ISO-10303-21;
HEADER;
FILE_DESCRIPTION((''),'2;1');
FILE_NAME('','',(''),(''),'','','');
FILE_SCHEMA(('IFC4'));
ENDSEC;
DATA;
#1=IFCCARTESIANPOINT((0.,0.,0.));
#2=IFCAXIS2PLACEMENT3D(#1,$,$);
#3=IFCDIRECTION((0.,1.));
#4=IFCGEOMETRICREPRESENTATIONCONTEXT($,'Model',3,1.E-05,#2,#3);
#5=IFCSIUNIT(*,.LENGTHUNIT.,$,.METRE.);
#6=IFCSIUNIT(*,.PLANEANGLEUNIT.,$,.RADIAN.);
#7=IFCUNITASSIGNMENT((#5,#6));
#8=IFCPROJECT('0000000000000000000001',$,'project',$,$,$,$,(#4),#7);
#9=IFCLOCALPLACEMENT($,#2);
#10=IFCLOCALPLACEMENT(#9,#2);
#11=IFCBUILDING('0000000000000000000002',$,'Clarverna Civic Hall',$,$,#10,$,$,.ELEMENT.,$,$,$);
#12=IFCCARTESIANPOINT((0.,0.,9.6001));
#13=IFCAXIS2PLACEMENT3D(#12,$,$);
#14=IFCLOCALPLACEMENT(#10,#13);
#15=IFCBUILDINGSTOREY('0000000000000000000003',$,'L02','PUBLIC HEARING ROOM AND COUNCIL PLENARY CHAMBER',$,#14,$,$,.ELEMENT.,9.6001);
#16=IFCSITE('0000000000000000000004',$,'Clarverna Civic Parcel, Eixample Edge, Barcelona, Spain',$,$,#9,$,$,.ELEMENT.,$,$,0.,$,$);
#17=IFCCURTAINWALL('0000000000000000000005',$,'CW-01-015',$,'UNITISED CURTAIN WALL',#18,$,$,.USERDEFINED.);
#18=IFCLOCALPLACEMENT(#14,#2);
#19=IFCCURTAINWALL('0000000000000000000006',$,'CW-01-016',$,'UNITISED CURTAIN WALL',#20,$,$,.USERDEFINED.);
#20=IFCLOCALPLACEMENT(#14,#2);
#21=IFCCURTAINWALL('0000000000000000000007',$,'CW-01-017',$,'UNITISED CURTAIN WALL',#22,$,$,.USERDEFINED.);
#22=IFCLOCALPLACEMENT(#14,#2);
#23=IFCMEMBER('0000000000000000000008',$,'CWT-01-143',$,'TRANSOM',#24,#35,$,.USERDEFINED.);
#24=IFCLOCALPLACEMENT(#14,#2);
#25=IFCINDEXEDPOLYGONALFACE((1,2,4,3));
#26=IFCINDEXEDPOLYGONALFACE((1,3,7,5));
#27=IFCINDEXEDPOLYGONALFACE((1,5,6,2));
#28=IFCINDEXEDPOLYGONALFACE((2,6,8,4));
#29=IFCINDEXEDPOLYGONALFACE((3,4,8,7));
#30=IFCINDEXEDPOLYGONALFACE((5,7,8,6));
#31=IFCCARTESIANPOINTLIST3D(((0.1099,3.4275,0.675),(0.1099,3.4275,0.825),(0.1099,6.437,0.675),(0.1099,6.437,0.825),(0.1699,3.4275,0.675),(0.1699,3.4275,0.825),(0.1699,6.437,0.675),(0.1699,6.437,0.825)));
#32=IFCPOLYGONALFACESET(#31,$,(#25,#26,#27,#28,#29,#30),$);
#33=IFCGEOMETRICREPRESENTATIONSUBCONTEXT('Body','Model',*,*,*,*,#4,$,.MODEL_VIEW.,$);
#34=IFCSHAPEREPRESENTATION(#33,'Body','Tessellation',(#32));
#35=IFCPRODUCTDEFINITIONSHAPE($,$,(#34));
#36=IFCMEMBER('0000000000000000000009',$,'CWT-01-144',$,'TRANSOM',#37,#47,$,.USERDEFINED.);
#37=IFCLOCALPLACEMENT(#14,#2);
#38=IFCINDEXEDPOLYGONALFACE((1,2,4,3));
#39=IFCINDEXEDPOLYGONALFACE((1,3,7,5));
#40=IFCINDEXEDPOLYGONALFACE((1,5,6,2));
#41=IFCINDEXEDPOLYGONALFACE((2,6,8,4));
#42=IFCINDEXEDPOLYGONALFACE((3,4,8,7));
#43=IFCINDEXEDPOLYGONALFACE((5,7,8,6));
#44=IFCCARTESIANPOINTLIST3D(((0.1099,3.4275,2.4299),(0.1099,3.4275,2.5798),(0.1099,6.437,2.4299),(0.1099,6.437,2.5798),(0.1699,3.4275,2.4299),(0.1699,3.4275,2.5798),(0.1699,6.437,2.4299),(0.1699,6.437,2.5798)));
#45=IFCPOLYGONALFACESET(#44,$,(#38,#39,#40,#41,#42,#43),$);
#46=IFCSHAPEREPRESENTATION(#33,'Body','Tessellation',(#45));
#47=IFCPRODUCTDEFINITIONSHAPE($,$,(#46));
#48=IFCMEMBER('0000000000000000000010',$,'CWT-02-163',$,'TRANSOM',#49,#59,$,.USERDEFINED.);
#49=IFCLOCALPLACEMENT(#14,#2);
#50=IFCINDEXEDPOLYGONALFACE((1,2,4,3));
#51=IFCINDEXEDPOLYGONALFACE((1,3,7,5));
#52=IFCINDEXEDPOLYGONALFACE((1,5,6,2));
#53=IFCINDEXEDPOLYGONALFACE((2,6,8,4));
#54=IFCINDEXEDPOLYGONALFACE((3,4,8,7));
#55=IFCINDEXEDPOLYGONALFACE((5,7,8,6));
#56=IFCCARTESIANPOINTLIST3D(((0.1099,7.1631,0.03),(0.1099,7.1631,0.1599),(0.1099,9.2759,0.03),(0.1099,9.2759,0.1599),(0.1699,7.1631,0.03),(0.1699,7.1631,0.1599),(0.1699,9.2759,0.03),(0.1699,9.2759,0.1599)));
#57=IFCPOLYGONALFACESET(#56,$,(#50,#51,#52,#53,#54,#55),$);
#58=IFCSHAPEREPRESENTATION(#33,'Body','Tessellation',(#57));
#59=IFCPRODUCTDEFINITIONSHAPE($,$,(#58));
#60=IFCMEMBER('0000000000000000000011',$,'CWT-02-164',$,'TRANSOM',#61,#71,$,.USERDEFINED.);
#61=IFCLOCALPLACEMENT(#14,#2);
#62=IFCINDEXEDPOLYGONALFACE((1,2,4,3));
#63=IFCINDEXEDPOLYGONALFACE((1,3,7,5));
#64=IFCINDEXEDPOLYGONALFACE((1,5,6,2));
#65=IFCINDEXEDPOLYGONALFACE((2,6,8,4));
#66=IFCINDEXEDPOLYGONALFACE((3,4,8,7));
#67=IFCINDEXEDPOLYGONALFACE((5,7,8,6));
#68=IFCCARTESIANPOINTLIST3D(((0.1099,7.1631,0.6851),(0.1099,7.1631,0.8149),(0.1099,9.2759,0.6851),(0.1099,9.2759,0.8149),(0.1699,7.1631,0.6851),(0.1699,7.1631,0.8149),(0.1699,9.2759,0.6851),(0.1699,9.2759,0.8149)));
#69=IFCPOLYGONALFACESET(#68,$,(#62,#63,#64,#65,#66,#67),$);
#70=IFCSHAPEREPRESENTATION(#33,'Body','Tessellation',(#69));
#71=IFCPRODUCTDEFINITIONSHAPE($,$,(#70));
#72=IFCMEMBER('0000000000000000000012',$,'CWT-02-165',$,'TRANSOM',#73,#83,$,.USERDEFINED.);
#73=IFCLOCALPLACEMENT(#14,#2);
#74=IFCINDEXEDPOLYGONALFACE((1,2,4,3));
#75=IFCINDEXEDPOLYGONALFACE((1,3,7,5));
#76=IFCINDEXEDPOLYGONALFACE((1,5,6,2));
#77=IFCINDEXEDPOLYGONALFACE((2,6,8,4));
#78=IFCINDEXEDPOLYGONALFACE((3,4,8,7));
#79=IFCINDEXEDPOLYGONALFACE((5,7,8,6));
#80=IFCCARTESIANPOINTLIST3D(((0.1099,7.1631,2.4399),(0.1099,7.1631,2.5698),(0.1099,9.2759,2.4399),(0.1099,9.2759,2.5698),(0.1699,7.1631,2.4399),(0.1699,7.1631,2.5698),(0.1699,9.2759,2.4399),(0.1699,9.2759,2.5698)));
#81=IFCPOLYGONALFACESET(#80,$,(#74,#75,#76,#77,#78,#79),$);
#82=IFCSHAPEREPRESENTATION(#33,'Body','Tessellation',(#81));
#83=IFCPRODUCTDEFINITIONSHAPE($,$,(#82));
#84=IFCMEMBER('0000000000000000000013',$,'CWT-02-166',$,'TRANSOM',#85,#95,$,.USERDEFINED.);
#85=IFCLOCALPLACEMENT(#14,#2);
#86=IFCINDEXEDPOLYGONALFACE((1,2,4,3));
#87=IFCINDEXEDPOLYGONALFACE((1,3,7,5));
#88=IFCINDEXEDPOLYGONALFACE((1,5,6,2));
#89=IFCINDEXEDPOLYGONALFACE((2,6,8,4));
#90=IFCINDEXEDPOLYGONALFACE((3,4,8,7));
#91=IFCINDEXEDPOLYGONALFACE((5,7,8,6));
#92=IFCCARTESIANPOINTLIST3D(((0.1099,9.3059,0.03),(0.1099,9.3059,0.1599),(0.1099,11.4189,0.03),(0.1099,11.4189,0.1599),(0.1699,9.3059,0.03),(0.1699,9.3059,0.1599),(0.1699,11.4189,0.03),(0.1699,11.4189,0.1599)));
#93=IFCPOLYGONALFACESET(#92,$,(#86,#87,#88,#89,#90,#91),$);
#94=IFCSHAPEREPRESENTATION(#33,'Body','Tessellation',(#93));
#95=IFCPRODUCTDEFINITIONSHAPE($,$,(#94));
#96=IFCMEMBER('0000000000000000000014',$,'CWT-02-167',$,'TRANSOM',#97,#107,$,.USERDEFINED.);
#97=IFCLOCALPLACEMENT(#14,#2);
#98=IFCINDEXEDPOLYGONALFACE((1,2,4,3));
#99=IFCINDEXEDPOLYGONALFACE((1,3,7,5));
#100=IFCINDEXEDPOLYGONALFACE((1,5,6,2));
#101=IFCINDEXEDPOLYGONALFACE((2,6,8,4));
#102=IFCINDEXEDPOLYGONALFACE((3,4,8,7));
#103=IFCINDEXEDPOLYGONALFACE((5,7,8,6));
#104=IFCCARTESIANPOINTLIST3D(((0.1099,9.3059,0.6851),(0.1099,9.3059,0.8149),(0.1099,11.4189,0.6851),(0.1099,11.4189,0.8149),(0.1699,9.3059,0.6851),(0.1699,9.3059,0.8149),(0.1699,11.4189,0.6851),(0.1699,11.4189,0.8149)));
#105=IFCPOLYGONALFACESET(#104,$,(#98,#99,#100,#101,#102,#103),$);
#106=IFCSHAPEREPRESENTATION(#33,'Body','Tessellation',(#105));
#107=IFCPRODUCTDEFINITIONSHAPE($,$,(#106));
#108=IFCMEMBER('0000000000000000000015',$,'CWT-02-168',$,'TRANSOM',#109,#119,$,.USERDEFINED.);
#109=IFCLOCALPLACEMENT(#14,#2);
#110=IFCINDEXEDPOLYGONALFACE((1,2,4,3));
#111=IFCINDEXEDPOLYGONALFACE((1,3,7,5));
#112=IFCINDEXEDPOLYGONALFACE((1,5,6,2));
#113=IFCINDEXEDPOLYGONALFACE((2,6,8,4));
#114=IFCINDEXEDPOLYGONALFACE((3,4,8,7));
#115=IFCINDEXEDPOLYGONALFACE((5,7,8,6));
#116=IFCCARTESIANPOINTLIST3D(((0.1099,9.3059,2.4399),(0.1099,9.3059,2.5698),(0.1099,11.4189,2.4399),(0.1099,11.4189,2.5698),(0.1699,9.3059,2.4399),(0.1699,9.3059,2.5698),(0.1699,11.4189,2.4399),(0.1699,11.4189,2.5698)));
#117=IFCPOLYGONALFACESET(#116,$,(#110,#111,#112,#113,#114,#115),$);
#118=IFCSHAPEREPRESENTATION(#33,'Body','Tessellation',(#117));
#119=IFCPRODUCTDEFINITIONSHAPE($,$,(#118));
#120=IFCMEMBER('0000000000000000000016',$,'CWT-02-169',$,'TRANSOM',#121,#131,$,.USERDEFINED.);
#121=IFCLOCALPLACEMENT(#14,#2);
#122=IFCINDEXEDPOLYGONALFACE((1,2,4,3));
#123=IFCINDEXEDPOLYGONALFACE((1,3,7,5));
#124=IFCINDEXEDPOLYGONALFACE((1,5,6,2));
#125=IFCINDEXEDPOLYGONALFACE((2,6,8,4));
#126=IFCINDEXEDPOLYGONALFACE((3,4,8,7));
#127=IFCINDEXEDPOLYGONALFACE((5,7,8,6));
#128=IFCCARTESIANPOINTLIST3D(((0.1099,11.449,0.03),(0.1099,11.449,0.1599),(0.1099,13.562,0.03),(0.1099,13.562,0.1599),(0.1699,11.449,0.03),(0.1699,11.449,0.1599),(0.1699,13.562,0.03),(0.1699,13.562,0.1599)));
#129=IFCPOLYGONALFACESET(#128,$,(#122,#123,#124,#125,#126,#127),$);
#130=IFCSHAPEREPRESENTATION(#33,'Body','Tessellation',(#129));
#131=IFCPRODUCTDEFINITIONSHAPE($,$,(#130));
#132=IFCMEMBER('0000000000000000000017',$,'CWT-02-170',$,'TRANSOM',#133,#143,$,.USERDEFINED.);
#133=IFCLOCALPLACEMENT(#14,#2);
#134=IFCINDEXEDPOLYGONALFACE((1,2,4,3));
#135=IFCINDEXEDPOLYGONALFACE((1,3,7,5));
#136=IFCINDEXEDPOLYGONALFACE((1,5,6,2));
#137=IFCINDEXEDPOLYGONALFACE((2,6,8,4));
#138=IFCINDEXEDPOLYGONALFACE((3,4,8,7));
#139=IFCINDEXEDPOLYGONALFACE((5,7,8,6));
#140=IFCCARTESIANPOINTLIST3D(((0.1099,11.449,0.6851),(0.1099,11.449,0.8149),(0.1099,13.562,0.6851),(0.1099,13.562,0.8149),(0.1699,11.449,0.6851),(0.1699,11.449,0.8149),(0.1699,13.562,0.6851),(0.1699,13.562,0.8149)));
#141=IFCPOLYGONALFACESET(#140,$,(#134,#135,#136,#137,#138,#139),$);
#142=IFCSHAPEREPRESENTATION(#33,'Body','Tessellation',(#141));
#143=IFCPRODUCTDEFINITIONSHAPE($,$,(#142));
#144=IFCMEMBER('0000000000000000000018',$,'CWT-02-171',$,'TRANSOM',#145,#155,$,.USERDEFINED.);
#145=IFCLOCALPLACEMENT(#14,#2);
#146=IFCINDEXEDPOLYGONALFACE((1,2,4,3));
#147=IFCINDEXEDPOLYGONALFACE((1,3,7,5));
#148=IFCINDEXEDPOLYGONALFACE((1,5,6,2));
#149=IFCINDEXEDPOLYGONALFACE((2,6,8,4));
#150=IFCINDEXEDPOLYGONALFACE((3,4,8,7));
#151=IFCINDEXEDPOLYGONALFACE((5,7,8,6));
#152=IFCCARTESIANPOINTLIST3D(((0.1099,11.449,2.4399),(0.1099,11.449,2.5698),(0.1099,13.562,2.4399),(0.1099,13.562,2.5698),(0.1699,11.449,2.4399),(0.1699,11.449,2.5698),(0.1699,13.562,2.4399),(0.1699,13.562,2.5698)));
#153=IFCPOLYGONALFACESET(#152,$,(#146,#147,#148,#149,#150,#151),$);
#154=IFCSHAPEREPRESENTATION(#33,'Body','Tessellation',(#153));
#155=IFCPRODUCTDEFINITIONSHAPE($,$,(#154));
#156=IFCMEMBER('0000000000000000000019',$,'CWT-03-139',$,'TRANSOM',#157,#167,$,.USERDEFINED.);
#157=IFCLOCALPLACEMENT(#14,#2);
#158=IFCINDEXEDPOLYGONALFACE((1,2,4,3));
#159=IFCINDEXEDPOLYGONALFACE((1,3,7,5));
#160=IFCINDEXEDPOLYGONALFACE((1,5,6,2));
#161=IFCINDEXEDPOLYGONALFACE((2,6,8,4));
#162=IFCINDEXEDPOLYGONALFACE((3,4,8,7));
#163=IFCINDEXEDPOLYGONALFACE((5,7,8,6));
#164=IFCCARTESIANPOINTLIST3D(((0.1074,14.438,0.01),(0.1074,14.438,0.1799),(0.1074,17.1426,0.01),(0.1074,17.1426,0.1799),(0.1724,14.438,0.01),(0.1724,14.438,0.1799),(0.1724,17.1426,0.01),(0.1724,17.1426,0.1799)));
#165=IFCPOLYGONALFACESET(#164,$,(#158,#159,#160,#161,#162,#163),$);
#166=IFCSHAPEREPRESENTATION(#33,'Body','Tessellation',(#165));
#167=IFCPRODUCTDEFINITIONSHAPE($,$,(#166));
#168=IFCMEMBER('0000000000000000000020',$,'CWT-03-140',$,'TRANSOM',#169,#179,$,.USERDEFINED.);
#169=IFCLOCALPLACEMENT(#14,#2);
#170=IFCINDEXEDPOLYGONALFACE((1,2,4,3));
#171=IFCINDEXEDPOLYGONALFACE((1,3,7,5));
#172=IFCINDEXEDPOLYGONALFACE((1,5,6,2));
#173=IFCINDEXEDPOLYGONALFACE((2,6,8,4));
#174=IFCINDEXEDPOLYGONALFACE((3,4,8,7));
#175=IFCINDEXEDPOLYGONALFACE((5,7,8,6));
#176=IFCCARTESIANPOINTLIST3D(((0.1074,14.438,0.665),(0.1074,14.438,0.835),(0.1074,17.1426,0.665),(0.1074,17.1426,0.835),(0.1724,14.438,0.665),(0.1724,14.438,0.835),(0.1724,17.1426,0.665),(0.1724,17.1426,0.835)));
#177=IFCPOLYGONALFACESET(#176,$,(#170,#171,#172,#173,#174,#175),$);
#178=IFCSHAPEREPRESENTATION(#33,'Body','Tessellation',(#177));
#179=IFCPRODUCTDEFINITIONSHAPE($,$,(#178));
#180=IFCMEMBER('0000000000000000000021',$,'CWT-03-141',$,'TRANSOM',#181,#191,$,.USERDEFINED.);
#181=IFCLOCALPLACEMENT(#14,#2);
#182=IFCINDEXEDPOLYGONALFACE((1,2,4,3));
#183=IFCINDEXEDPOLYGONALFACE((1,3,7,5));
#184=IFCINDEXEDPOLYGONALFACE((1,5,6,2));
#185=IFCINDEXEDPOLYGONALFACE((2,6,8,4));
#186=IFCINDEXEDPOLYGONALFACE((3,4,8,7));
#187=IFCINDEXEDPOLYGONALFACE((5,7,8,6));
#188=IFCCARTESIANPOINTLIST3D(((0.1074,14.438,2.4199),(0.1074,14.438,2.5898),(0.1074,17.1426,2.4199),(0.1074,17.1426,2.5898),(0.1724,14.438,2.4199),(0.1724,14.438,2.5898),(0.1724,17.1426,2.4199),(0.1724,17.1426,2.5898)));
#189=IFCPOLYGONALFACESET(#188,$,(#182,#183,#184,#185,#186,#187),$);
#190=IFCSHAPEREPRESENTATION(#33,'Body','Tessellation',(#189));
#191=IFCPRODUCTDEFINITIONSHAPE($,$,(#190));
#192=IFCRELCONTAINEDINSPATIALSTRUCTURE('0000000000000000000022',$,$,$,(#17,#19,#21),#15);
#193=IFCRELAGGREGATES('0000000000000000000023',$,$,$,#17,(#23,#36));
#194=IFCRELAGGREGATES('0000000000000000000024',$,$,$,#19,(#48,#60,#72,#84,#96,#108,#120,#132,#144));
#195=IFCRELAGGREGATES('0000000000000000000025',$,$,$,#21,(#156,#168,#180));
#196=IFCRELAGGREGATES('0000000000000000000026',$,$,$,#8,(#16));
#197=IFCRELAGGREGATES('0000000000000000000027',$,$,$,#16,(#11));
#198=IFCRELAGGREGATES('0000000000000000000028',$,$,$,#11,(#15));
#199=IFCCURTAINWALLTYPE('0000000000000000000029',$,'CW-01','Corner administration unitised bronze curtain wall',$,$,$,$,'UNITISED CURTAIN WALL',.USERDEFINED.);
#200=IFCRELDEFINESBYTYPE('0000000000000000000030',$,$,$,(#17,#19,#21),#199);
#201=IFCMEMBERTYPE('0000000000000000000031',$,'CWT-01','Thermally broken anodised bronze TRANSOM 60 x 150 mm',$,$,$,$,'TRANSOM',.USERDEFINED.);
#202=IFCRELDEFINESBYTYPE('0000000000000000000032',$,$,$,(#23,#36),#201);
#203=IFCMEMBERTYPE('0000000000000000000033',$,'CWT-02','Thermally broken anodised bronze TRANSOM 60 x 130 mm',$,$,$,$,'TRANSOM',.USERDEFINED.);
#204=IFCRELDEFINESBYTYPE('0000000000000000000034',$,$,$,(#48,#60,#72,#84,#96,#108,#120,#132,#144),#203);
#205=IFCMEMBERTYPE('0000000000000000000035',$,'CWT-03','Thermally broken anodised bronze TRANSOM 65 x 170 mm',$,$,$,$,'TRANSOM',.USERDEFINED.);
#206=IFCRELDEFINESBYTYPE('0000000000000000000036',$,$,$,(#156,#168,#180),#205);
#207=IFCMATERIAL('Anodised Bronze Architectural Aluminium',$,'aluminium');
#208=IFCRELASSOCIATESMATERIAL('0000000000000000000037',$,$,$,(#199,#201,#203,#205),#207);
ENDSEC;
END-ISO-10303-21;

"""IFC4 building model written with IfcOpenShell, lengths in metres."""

from ifc_helpers import new_model, si_unit, direction, frame, origin, origin_2d, place, context, subcontext, project, spatial, rectangle, extrude, material, material_profile, profile_set, type_object, element, aggregate, save


model = new_model("IFC4")

# Units and contexts
model_context = context("Model", 3, precision=1e-05, world=origin(), true_north=direction((0.0, 1.0)))
body_context = subcontext(model_context, "Body", "Model", "MODEL_VIEW")
ifc_project = project(units=[si_unit("LENGTHUNIT", "METRE"), si_unit("PLANEANGLEUNIT", "RADIAN")], contexts=[model_context])

# Site, building, storey
site_placement = place(None, origin())
site = spatial("IfcSite", under=ifc_project, at=site_placement, Name="Clarverna Civic Parcel, Eixample Edge, Barcelona, Spain", CompositionType="ELEMENT", RefElevation=0.0)
building_placement = place(site_placement, origin())
building = spatial("IfcBuilding", under=site, at=building_placement, Name="Clarverna Civic Hall", CompositionType="ELEMENT")
storey_placement = place(building_placement, frame((0.0, 0.0, 9.6001)))
storey = spatial("IfcBuildingStorey", under=building, at=storey_placement, Name="L02", Description="PUBLIC HEARING ROOM AND COUNCIL PLENARY CHAMBER", CompositionType="ELEMENT", Elevation=9.6001)

# Curtain walls
ifc_material_1 = material(Name="Anodised Bronze Architectural Aluminium", Category="aluminium")
curtain_wall_type = type_object("IfcCurtainWallType", Name="CW-01", Description="Corner administration unitised bronze curtain wall", ElementType="UNITISED CURTAIN WALL", PredefinedType="USERDEFINED", material=ifc_material_1)
curtain_wall_1_placement = place(storey_placement, origin())
curtain_wall_1 = element("IfcCurtainWall", 1, at=curtain_wall_1_placement, inside=storey, type_object=curtain_wall_type, Name="CW-01-015", ObjectType="UNITISED CURTAIN WALL", PredefinedType="USERDEFINED")
curtain_wall_2_placement = place(storey_placement, origin())
curtain_wall_2 = element("IfcCurtainWall", 2, at=curtain_wall_2_placement, inside=storey, type_object=curtain_wall_type, Name="CW-01-016", ObjectType="UNITISED CURTAIN WALL", PredefinedType="USERDEFINED")
curtain_wall_3_placement = place(storey_placement, origin())
curtain_wall_3 = element("IfcCurtainWall", 3, at=curtain_wall_3_placement, inside=storey, type_object=curtain_wall_type, Name="CW-01-017", ObjectType="UNITISED CURTAIN WALL", PredefinedType="USERDEFINED")

# Members
ifc_material_profile_1 = material_profile(ifc_material_1, rectangle(XDim=0.0601, YDim=0.1499, at=origin_2d()), Name="BRONZE 60x150")
ifc_profile_set_1 = profile_set([ifc_material_profile_1], Name="Anodised Bronze Architectural Aluminium")
member_type_1 = type_object("IfcMemberType", Name="CWT-01", Description="Thermally broken anodised bronze TRANSOM 60 x 150 mm", ElementType="TRANSOM", PredefinedType="USERDEFINED", material=ifc_profile_set_1)
member_1_placement = place(storey_placement, frame((0.1399, 3.4275, 0.75), z_axis=(0.0, 1.0, 0.0), x_axis=(-1.0, 0.0, 0.0)))
member_1 = element("IfcMember", 4, at=member_1_placement, type_object=member_type_1, Name="CWT-01-143", ObjectType="TRANSOM", PredefinedType="USERDEFINED", context=body_context, shape_type="SweptSolid", body=[
    extrude(rectangle(XDim=0.0601, YDim=0.1499, at=origin_2d()), origin(), (0.0, 0.0, 1.0), 3.0095),
])
member_2_placement = place(storey_placement, frame((0.1399, 3.4275, 2.5049), z_axis=(0.0, 1.0, 0.0), x_axis=(-1.0, 0.0, 0.0)))
member_2 = element("IfcMember", 5, at=member_2_placement, type_object=member_type_1, Name="CWT-01-144", ObjectType="TRANSOM", PredefinedType="USERDEFINED", context=body_context, shape_type="SweptSolid", body=[
    extrude(rectangle(XDim=0.0601, YDim=0.1499, at=origin_2d()), origin(), (0.0, 0.0, 1.0), 3.0095),
])
ifc_material_profile_2 = material_profile(ifc_material_1, rectangle(XDim=0.0601, YDim=0.1299, at=origin_2d()), Name="BRONZE 60x130")
ifc_profile_set_2 = profile_set([ifc_material_profile_2], Name="Anodised Bronze Architectural Aluminium")
member_type_2 = type_object("IfcMemberType", Name="CWT-02", Description="Thermally broken anodised bronze TRANSOM 60 x 130 mm", ElementType="TRANSOM", PredefinedType="USERDEFINED", material=ifc_profile_set_2)
member_3_placement = place(storey_placement, frame((0.1399, 7.1631, 0.095), z_axis=(0.0, 1.0, 0.0), x_axis=(-1.0, 0.0, 0.0)))
member_3 = element("IfcMember", 6, at=member_3_placement, type_object=member_type_2, Name="CWT-02-163", ObjectType="TRANSOM", PredefinedType="USERDEFINED", context=body_context, shape_type="SweptSolid", body=[
    extrude(rectangle(XDim=0.0601, YDim=0.1299, at=origin_2d()), origin(), (0.0, 0.0, 1.0), 2.1128),
])
member_4_placement = place(storey_placement, frame((0.1399, 7.1631, 0.75), z_axis=(0.0, 1.0, 0.0), x_axis=(-1.0, 0.0, 0.0)))
member_4 = element("IfcMember", 7, at=member_4_placement, type_object=member_type_2, Name="CWT-02-164", ObjectType="TRANSOM", PredefinedType="USERDEFINED", context=body_context, shape_type="SweptSolid", body=[
    extrude(rectangle(XDim=0.0601, YDim=0.1299, at=origin_2d()), origin(), (0.0, 0.0, 1.0), 2.1128),
])
member_5_placement = place(storey_placement, frame((0.1399, 7.1631, 2.5049), z_axis=(0.0, 1.0, 0.0), x_axis=(-1.0, 0.0, 0.0)))
member_5 = element("IfcMember", 8, at=member_5_placement, type_object=member_type_2, Name="CWT-02-165", ObjectType="TRANSOM", PredefinedType="USERDEFINED", context=body_context, shape_type="SweptSolid", body=[
    extrude(rectangle(XDim=0.0601, YDim=0.1299, at=origin_2d()), origin(), (0.0, 0.0, 1.0), 2.1128),
])
member_6_placement = place(storey_placement, frame((0.1399, 9.3059, 0.095), z_axis=(0.0, 1.0, 0.0), x_axis=(-1.0, 0.0, 0.0)))
member_6 = element("IfcMember", 9, at=member_6_placement, type_object=member_type_2, Name="CWT-02-166", ObjectType="TRANSOM", PredefinedType="USERDEFINED", context=body_context, shape_type="SweptSolid", body=[
    extrude(rectangle(XDim=0.0601, YDim=0.1299, at=origin_2d()), origin(), (0.0, 0.0, 1.0), 2.113),
])
member_7_placement = place(storey_placement, frame((0.1399, 9.3059, 0.75), z_axis=(0.0, 1.0, 0.0), x_axis=(-1.0, 0.0, 0.0)))
member_7 = element("IfcMember", 10, at=member_7_placement, type_object=member_type_2, Name="CWT-02-167", ObjectType="TRANSOM", PredefinedType="USERDEFINED", context=body_context, shape_type="SweptSolid", body=[
    extrude(rectangle(XDim=0.0601, YDim=0.1299, at=origin_2d()), origin(), (0.0, 0.0, 1.0), 2.113),
])
member_8_placement = place(storey_placement, frame((0.1399, 9.3059, 2.5049), z_axis=(0.0, 1.0, 0.0), x_axis=(-1.0, 0.0, 0.0)))
member_8 = element("IfcMember", 11, at=member_8_placement, type_object=member_type_2, Name="CWT-02-168", ObjectType="TRANSOM", PredefinedType="USERDEFINED", context=body_context, shape_type="SweptSolid", body=[
    extrude(rectangle(XDim=0.0601, YDim=0.1299, at=origin_2d()), origin(), (0.0, 0.0, 1.0), 2.113),
])
member_9_placement = place(storey_placement, frame((0.1399, 11.449, 0.095), z_axis=(0.0, 1.0, 0.0), x_axis=(-1.0, 0.0, 0.0)))
member_9 = element("IfcMember", 12, at=member_9_placement, type_object=member_type_2, Name="CWT-02-169", ObjectType="TRANSOM", PredefinedType="USERDEFINED", context=body_context, shape_type="SweptSolid", body=[
    extrude(rectangle(XDim=0.0601, YDim=0.1299, at=origin_2d()), origin(), (0.0, 0.0, 1.0), 2.113),
])
member_10_placement = place(storey_placement, frame((0.1399, 11.449, 0.75), z_axis=(0.0, 1.0, 0.0), x_axis=(-1.0, 0.0, 0.0)))
member_10 = element("IfcMember", 13, at=member_10_placement, type_object=member_type_2, Name="CWT-02-170", ObjectType="TRANSOM", PredefinedType="USERDEFINED", context=body_context, shape_type="SweptSolid", body=[
    extrude(rectangle(XDim=0.0601, YDim=0.1299, at=origin_2d()), origin(), (0.0, 0.0, 1.0), 2.113),
])
member_11_placement = place(storey_placement, frame((0.1399, 11.449, 2.5049), z_axis=(0.0, 1.0, 0.0), x_axis=(-1.0, 0.0, 0.0)))
member_11 = element("IfcMember", 14, at=member_11_placement, type_object=member_type_2, Name="CWT-02-171", ObjectType="TRANSOM", PredefinedType="USERDEFINED", context=body_context, shape_type="SweptSolid", body=[
    extrude(rectangle(XDim=0.0601, YDim=0.1299, at=origin_2d()), origin(), (0.0, 0.0, 1.0), 2.113),
])
ifc_material_profile_3 = material_profile(ifc_material_1, rectangle(XDim=0.0649, YDim=0.1699, at=origin_2d()), Name="BRONZE 65x170")
ifc_profile_set_3 = profile_set([ifc_material_profile_3], Name="Anodised Bronze Architectural Aluminium")
member_type_3 = type_object("IfcMemberType", Name="CWT-03", Description="Thermally broken anodised bronze TRANSOM 65 x 170 mm", ElementType="TRANSOM", PredefinedType="USERDEFINED", material=ifc_profile_set_3)
member_12_placement = place(storey_placement, frame((0.1399, 14.438, 0.095), z_axis=(0.0, 1.0, 0.0), x_axis=(-1.0, 0.0, 0.0)))
member_12 = element("IfcMember", 15, at=member_12_placement, type_object=member_type_3, Name="CWT-03-139", ObjectType="TRANSOM", PredefinedType="USERDEFINED", context=body_context, shape_type="SweptSolid", body=[
    extrude(rectangle(XDim=0.0649, YDim=0.1699, at=origin_2d()), origin(), (0.0, 0.0, 1.0), 2.7046),
])
member_13_placement = place(storey_placement, frame((0.1399, 14.438, 0.75), z_axis=(0.0, 1.0, 0.0), x_axis=(-1.0, 0.0, 0.0)))
member_13 = element("IfcMember", 16, at=member_13_placement, type_object=member_type_3, Name="CWT-03-140", ObjectType="TRANSOM", PredefinedType="USERDEFINED", context=body_context, shape_type="SweptSolid", body=[
    extrude(rectangle(XDim=0.0649, YDim=0.1699, at=origin_2d()), origin(), (0.0, 0.0, 1.0), 2.7046),
])
member_14_placement = place(storey_placement, frame((0.1399, 14.438, 2.5049), z_axis=(0.0, 1.0, 0.0), x_axis=(-1.0, 0.0, 0.0)))
member_14 = element("IfcMember", 17, at=member_14_placement, type_object=member_type_3, Name="CWT-03-141", ObjectType="TRANSOM", PredefinedType="USERDEFINED", context=body_context, shape_type="SweptSolid", body=[
    extrude(rectangle(XDim=0.0649, YDim=0.1699, at=origin_2d()), origin(), (0.0, 0.0, 1.0), 2.7046),
])

aggregate(curtain_wall_1, [member_1, member_2])
aggregate(curtain_wall_2, [member_3, member_4, member_5, member_6, member_7, member_8, member_9, member_10, member_11])
aggregate(curtain_wall_3, [member_12, member_13, member_14])

save(model, "model.ifc")
